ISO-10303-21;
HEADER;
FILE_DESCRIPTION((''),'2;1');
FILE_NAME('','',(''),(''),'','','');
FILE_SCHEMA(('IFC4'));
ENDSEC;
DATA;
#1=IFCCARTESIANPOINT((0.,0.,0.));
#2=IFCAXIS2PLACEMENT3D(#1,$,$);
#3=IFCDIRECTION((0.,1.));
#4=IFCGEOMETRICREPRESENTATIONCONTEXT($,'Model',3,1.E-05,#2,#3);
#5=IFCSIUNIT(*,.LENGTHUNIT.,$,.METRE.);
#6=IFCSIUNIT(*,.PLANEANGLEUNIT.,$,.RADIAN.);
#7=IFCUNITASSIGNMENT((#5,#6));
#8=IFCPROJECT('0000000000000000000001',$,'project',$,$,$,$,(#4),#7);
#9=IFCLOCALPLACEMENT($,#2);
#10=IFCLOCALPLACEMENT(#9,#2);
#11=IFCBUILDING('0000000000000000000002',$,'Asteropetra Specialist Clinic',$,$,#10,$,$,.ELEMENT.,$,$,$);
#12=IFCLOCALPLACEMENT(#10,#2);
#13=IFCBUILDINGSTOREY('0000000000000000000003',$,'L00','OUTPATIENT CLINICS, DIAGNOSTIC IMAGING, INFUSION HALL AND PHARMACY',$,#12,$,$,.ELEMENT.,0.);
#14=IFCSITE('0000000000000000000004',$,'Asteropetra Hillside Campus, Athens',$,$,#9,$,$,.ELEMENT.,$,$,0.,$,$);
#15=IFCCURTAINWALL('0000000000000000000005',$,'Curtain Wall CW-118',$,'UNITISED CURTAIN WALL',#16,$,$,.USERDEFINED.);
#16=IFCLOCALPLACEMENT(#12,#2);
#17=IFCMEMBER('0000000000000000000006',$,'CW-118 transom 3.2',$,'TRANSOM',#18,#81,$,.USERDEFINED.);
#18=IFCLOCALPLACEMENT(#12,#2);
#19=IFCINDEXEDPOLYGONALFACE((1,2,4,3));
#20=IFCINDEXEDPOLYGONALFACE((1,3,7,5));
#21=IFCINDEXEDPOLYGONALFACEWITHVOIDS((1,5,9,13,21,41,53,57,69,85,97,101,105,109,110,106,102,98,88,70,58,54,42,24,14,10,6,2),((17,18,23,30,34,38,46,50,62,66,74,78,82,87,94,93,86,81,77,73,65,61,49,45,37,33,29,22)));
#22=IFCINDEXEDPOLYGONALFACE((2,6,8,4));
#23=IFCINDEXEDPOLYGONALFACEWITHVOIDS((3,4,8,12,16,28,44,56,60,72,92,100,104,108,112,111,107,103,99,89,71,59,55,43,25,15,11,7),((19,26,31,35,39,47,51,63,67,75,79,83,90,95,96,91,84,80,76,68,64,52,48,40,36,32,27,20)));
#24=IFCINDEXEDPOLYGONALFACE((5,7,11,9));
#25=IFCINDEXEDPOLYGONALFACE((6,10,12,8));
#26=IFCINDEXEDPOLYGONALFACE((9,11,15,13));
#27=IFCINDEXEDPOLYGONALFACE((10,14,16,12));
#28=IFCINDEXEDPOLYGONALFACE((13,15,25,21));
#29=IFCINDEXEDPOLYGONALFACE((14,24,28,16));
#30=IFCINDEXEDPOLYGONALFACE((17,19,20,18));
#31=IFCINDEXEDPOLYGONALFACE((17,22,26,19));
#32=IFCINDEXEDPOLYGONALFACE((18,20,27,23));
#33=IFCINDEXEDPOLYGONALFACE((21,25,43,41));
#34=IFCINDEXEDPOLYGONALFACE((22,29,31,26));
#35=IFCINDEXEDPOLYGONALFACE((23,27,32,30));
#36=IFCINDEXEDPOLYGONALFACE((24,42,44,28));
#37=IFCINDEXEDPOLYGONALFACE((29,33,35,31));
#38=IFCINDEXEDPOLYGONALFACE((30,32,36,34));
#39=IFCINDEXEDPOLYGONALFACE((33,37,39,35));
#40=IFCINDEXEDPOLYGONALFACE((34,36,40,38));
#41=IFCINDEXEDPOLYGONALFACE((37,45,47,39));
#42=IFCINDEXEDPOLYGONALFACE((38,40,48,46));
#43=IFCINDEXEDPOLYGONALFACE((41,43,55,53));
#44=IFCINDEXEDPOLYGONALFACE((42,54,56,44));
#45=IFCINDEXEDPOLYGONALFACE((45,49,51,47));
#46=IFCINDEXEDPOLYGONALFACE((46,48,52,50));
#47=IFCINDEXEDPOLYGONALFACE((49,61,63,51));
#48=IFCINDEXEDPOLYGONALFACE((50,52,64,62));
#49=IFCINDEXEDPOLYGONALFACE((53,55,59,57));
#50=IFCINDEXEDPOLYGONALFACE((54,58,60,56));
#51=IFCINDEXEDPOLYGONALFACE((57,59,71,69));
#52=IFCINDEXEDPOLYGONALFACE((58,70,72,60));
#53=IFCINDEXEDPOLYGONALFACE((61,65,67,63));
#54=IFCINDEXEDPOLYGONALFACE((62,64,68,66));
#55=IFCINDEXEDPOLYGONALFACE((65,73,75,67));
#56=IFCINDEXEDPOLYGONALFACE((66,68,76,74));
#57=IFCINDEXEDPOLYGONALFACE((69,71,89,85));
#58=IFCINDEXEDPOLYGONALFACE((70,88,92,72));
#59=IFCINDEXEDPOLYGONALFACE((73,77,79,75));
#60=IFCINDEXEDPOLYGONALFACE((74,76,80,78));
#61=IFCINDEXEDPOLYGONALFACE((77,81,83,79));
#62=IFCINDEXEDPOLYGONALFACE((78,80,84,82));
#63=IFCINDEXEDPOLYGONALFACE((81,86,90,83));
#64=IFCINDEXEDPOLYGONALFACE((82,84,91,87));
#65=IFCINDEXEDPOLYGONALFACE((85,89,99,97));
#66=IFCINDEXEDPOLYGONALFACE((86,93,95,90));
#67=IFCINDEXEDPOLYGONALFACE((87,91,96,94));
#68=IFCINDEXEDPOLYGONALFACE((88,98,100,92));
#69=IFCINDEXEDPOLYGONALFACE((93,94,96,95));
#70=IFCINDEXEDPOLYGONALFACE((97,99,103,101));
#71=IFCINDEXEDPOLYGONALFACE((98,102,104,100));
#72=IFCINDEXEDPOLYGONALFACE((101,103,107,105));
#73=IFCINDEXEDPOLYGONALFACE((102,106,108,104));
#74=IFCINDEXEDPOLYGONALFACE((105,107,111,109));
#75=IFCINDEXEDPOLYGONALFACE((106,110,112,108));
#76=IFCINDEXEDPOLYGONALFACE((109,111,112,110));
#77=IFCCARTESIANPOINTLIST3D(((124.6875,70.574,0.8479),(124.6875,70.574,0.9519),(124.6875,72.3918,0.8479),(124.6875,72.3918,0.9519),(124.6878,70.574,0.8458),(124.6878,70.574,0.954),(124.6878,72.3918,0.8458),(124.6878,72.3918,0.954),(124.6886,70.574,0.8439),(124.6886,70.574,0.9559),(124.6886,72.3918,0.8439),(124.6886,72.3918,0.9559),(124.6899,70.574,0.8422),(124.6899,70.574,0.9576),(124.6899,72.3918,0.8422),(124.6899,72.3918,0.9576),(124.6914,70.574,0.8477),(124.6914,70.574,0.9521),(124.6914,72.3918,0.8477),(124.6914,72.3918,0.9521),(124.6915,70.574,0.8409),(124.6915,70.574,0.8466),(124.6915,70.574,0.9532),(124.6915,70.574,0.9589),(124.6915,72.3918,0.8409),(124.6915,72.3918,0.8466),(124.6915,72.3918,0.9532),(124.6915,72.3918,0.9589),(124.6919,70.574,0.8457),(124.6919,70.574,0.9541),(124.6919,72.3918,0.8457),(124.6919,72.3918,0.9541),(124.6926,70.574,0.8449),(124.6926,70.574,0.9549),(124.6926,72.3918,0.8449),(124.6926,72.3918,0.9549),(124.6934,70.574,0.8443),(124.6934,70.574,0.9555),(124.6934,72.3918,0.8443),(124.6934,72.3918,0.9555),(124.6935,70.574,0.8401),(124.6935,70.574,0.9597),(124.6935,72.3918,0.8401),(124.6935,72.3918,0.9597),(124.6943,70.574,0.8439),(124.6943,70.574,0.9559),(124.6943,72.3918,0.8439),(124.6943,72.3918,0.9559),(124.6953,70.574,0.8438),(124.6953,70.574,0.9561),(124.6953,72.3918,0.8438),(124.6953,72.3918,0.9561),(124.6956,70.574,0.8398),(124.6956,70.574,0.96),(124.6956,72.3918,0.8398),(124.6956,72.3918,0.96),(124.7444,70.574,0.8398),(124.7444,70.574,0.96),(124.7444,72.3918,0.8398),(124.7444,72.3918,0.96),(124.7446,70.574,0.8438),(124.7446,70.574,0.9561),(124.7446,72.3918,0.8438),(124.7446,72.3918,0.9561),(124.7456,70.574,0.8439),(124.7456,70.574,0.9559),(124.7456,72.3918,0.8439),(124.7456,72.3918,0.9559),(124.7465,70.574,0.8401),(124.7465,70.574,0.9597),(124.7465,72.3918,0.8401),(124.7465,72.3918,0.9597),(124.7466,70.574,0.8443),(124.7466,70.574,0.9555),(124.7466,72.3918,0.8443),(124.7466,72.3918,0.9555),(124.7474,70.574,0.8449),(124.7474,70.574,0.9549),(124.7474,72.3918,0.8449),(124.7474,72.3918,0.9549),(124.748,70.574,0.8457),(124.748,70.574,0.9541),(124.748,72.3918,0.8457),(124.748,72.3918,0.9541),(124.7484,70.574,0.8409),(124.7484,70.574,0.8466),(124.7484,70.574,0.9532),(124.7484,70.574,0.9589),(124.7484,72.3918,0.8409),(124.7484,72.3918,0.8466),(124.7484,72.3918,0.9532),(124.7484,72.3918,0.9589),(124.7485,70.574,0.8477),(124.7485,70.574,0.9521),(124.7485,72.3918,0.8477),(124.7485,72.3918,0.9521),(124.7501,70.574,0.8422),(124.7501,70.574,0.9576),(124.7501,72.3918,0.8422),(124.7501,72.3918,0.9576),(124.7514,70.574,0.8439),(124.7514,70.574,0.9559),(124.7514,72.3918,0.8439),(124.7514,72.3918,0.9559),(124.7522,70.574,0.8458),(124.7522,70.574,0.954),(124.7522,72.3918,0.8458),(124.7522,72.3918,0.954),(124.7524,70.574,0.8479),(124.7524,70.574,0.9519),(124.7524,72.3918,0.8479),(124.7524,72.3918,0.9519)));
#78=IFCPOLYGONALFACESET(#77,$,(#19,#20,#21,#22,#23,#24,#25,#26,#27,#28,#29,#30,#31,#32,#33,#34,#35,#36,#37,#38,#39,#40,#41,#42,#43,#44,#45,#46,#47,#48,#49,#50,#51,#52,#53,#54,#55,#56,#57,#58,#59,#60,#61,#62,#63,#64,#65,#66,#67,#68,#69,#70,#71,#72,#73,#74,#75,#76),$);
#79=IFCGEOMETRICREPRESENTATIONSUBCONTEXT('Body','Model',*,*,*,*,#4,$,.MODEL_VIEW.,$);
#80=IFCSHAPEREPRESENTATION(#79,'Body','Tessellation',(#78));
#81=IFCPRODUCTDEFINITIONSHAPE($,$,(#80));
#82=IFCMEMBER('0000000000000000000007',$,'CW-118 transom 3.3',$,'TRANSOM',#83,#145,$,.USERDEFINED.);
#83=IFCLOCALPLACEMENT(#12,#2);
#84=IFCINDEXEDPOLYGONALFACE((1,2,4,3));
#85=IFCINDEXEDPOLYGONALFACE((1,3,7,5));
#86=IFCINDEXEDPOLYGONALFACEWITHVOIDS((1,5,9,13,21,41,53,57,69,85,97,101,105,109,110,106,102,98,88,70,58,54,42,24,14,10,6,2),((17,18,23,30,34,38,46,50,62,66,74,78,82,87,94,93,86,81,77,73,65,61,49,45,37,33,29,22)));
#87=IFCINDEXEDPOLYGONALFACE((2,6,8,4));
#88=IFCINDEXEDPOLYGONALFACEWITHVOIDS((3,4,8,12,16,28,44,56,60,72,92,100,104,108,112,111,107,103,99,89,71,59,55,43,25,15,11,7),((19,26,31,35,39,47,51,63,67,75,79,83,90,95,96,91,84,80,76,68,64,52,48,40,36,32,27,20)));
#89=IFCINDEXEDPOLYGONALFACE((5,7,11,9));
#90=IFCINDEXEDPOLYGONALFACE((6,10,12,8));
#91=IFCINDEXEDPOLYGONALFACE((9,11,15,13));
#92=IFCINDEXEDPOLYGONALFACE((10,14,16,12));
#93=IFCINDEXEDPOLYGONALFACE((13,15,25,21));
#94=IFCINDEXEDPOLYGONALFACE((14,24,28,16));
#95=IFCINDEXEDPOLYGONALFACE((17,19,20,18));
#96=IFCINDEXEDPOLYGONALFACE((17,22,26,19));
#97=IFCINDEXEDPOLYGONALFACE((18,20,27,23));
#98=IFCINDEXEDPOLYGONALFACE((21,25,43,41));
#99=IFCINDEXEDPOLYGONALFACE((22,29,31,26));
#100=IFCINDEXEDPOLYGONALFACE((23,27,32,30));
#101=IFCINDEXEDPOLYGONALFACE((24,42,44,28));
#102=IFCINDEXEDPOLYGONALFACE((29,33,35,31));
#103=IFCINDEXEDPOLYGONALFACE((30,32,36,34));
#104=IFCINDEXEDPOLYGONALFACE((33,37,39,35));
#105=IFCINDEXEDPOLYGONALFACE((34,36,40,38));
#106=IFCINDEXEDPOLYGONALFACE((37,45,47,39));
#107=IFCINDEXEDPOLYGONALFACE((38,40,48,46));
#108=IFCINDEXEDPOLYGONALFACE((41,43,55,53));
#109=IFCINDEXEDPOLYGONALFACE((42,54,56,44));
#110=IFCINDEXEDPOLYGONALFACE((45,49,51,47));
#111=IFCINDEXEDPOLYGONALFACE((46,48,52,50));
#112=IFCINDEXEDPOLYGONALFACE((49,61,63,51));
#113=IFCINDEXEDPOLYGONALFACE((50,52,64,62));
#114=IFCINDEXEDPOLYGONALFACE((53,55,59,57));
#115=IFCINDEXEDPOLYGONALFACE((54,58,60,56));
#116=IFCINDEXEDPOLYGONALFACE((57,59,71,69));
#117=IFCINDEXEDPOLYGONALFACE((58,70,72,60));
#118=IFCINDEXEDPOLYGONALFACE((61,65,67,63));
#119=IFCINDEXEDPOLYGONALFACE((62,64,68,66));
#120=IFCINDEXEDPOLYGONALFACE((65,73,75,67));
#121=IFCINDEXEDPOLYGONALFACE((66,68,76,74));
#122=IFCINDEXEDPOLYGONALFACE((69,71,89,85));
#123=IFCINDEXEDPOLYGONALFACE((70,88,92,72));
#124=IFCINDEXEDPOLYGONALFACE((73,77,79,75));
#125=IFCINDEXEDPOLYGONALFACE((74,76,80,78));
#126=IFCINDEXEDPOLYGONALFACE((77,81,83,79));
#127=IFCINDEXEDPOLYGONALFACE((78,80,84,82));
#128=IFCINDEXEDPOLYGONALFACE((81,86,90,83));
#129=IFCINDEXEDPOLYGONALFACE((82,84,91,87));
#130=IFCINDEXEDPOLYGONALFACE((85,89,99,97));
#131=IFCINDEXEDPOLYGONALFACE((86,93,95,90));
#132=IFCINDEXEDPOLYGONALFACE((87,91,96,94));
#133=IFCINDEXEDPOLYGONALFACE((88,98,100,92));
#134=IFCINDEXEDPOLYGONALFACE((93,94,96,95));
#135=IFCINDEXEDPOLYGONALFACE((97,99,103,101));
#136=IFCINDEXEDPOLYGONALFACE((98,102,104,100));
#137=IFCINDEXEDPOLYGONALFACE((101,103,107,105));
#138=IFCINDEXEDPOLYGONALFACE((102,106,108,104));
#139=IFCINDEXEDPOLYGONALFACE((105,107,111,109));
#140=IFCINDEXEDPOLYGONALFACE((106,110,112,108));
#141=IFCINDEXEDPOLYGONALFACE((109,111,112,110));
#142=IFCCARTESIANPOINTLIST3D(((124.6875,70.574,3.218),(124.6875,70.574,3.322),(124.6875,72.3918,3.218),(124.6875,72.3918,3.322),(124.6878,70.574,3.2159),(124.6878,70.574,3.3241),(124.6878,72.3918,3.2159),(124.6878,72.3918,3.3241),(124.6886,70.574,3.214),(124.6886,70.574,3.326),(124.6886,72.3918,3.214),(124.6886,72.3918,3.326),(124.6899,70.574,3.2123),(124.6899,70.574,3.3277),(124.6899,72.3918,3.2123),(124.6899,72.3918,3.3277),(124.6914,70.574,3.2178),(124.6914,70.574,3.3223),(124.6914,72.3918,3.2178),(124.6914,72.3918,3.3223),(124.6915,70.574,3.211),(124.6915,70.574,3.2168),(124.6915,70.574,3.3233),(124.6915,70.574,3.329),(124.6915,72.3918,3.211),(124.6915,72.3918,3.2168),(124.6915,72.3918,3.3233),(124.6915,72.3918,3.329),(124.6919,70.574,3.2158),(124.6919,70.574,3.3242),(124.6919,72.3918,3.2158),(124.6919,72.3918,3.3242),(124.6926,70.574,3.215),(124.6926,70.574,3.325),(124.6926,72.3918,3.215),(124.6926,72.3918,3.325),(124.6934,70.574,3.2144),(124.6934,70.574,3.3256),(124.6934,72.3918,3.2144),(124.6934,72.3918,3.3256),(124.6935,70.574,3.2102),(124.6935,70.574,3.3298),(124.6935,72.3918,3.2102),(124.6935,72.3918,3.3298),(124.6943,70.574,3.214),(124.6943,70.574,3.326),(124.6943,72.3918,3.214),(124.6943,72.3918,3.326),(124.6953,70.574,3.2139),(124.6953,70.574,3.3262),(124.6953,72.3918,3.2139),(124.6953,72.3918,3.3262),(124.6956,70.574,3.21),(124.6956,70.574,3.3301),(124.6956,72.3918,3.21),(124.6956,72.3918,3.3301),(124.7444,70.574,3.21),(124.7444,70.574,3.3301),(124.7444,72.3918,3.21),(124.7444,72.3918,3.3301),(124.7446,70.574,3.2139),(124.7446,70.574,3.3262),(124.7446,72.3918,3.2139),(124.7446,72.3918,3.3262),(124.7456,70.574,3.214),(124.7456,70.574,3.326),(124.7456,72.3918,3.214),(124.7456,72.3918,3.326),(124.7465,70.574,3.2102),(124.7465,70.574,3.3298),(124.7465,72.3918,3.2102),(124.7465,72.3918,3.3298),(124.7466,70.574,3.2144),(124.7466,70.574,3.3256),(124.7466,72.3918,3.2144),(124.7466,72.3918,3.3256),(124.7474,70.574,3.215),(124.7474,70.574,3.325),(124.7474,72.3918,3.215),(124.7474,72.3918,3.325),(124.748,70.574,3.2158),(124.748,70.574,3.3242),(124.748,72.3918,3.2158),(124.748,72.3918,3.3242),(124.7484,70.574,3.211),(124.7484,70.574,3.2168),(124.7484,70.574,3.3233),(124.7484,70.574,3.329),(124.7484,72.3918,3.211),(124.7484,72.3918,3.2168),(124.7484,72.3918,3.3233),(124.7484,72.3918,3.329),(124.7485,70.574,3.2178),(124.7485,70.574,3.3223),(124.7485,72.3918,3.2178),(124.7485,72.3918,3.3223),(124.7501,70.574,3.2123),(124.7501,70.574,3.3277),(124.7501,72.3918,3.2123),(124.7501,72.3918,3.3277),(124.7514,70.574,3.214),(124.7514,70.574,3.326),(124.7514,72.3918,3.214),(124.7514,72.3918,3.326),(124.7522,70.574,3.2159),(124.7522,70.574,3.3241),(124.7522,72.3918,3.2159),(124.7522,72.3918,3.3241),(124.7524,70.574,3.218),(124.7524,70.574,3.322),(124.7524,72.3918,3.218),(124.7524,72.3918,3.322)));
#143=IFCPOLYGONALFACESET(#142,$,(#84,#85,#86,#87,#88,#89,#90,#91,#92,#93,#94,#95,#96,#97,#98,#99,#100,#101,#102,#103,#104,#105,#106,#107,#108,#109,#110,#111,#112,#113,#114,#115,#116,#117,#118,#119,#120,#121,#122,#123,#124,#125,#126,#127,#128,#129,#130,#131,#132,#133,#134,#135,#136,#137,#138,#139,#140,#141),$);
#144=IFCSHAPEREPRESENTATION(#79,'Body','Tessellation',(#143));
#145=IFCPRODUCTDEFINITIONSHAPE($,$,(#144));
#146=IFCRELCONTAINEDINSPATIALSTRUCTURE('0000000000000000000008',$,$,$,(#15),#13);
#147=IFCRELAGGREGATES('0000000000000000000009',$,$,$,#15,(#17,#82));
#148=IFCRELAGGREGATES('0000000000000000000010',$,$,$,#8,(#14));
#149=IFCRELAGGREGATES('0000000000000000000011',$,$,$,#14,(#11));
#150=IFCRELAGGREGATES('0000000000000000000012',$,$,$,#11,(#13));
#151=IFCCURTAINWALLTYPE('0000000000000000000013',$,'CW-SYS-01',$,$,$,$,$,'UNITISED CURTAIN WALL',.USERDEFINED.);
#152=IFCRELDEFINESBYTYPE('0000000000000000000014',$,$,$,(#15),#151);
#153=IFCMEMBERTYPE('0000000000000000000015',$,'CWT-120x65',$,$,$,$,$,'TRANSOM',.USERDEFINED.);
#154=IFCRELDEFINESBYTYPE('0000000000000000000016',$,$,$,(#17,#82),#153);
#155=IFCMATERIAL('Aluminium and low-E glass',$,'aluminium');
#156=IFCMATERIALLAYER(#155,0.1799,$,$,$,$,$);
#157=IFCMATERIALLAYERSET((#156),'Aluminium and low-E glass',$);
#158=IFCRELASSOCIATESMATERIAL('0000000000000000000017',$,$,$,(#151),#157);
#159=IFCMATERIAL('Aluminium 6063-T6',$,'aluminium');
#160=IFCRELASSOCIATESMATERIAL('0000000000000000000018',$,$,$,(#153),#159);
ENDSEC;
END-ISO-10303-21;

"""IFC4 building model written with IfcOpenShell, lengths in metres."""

from ifc_helpers import new_model, si_unit, direction, frame, origin, origin_2d, place, context, subcontext, project, spatial, hollow_rectangle, extrude, material, layer, layer_set, material_profile, profile_set, type_object, element, aggregate, save


model = new_model("IFC4")

# Units and contexts
model_context = context("Model", 3, precision=1e-05, world=origin(), true_north=direction((0.0, 1.0)))
body_context = subcontext(model_context, "Body", "Model", "MODEL_VIEW")
ifc_project = project(units=[si_unit("LENGTHUNIT", "METRE"), si_unit("PLANEANGLEUNIT", "RADIAN")], contexts=[model_context])

# Site, building, storey
site_placement = place(None, origin())
site = spatial("IfcSite", under=ifc_project, at=site_placement, Name="Asteropetra Hillside Campus, Athens", CompositionType="ELEMENT", RefElevation=0.0)
building_placement = place(site_placement, origin())
building = spatial("IfcBuilding", under=site, at=building_placement, Name="Asteropetra Specialist Clinic", CompositionType="ELEMENT")
storey_placement = place(building_placement, origin())
storey = spatial("IfcBuildingStorey", under=building, at=storey_placement, Name="L00", Description="OUTPATIENT CLINICS, DIAGNOSTIC IMAGING, INFUSION HALL AND PHARMACY", CompositionType="ELEMENT", Elevation=0.0)

# Curtain wall, members
ifc_material_1 = material(Name="Aluminium and low-E glass", Category="aluminium")
ifc_layer_1 = layer(ifc_material_1, 0.1799)
ifc_layer_set_1 = layer_set([ifc_layer_1], Name="Aluminium and low-E glass")
curtain_wall_type = type_object("IfcCurtainWallType", Name="CW-SYS-01", ElementType="UNITISED CURTAIN WALL", PredefinedType="USERDEFINED", material=ifc_layer_set_1)
curtain_wall_placement = place(storey_placement, origin())
curtain_wall = element("IfcCurtainWall", 1, at=curtain_wall_placement, inside=storey, type_object=curtain_wall_type, Name="Curtain Wall CW-118", ObjectType="UNITISED CURTAIN WALL", PredefinedType="USERDEFINED")
ifc_material_2 = material(Name="Aluminium 6063-T6", Category="aluminium")
ifc_material_profile_1 = material_profile(ifc_material_2, hollow_rectangle(XDim=0.0649, YDim=0.1201, WallThickness=0.0039, InnerFilletRadius=0.0039, OuterFilletRadius=0.0081, at=origin_2d()), Name="TRN 120x65x4.0")
ifc_profile_set_1 = profile_set([ifc_material_profile_1], Name="Aluminium 6063-T6")
member_type_1 = type_object("IfcMemberType", Name="CWT-120x65", ElementType="TRANSOM", PredefinedType="USERDEFINED", material=ifc_profile_set_1)
member_1_placement = place(storey_placement, frame((124.72, 72.3918, 0.8999), z_axis=(0.0, -1.0, 0.0), x_axis=(1.0, 0.0, 0.0)))
member_1 = element("IfcMember", 2, at=member_1_placement, type_object=member_type_1, Name="CW-118 transom 3.2", ObjectType="TRANSOM", PredefinedType="USERDEFINED", context=body_context, shape_type="SweptSolid", body=[
    extrude(hollow_rectangle(XDim=0.0649, YDim=0.1201, WallThickness=0.0039, InnerFilletRadius=0.0039, OuterFilletRadius=0.0081, at=origin_2d()), origin(), (0.0, 0.0, 1.0), 1.8179),
])
member_2_placement = place(storey_placement, frame((124.72, 72.3918, 3.27), z_axis=(0.0, -1.0, 0.0), x_axis=(1.0, 0.0, 0.0)))
member_2 = element("IfcMember", 3, at=member_2_placement, type_object=member_type_1, Name="CW-118 transom 3.3", ObjectType="TRANSOM", PredefinedType="USERDEFINED", context=body_context, shape_type="SweptSolid", body=[
    extrude(hollow_rectangle(XDim=0.0649, YDim=0.1201, WallThickness=0.0039, InnerFilletRadius=0.0039, OuterFilletRadius=0.0081, at=origin_2d()), origin(), (0.0, 0.0, 1.0), 1.8179),
])
aggregate(curtain_wall, [member_1, member_2])

save(model, "model.ifc")
